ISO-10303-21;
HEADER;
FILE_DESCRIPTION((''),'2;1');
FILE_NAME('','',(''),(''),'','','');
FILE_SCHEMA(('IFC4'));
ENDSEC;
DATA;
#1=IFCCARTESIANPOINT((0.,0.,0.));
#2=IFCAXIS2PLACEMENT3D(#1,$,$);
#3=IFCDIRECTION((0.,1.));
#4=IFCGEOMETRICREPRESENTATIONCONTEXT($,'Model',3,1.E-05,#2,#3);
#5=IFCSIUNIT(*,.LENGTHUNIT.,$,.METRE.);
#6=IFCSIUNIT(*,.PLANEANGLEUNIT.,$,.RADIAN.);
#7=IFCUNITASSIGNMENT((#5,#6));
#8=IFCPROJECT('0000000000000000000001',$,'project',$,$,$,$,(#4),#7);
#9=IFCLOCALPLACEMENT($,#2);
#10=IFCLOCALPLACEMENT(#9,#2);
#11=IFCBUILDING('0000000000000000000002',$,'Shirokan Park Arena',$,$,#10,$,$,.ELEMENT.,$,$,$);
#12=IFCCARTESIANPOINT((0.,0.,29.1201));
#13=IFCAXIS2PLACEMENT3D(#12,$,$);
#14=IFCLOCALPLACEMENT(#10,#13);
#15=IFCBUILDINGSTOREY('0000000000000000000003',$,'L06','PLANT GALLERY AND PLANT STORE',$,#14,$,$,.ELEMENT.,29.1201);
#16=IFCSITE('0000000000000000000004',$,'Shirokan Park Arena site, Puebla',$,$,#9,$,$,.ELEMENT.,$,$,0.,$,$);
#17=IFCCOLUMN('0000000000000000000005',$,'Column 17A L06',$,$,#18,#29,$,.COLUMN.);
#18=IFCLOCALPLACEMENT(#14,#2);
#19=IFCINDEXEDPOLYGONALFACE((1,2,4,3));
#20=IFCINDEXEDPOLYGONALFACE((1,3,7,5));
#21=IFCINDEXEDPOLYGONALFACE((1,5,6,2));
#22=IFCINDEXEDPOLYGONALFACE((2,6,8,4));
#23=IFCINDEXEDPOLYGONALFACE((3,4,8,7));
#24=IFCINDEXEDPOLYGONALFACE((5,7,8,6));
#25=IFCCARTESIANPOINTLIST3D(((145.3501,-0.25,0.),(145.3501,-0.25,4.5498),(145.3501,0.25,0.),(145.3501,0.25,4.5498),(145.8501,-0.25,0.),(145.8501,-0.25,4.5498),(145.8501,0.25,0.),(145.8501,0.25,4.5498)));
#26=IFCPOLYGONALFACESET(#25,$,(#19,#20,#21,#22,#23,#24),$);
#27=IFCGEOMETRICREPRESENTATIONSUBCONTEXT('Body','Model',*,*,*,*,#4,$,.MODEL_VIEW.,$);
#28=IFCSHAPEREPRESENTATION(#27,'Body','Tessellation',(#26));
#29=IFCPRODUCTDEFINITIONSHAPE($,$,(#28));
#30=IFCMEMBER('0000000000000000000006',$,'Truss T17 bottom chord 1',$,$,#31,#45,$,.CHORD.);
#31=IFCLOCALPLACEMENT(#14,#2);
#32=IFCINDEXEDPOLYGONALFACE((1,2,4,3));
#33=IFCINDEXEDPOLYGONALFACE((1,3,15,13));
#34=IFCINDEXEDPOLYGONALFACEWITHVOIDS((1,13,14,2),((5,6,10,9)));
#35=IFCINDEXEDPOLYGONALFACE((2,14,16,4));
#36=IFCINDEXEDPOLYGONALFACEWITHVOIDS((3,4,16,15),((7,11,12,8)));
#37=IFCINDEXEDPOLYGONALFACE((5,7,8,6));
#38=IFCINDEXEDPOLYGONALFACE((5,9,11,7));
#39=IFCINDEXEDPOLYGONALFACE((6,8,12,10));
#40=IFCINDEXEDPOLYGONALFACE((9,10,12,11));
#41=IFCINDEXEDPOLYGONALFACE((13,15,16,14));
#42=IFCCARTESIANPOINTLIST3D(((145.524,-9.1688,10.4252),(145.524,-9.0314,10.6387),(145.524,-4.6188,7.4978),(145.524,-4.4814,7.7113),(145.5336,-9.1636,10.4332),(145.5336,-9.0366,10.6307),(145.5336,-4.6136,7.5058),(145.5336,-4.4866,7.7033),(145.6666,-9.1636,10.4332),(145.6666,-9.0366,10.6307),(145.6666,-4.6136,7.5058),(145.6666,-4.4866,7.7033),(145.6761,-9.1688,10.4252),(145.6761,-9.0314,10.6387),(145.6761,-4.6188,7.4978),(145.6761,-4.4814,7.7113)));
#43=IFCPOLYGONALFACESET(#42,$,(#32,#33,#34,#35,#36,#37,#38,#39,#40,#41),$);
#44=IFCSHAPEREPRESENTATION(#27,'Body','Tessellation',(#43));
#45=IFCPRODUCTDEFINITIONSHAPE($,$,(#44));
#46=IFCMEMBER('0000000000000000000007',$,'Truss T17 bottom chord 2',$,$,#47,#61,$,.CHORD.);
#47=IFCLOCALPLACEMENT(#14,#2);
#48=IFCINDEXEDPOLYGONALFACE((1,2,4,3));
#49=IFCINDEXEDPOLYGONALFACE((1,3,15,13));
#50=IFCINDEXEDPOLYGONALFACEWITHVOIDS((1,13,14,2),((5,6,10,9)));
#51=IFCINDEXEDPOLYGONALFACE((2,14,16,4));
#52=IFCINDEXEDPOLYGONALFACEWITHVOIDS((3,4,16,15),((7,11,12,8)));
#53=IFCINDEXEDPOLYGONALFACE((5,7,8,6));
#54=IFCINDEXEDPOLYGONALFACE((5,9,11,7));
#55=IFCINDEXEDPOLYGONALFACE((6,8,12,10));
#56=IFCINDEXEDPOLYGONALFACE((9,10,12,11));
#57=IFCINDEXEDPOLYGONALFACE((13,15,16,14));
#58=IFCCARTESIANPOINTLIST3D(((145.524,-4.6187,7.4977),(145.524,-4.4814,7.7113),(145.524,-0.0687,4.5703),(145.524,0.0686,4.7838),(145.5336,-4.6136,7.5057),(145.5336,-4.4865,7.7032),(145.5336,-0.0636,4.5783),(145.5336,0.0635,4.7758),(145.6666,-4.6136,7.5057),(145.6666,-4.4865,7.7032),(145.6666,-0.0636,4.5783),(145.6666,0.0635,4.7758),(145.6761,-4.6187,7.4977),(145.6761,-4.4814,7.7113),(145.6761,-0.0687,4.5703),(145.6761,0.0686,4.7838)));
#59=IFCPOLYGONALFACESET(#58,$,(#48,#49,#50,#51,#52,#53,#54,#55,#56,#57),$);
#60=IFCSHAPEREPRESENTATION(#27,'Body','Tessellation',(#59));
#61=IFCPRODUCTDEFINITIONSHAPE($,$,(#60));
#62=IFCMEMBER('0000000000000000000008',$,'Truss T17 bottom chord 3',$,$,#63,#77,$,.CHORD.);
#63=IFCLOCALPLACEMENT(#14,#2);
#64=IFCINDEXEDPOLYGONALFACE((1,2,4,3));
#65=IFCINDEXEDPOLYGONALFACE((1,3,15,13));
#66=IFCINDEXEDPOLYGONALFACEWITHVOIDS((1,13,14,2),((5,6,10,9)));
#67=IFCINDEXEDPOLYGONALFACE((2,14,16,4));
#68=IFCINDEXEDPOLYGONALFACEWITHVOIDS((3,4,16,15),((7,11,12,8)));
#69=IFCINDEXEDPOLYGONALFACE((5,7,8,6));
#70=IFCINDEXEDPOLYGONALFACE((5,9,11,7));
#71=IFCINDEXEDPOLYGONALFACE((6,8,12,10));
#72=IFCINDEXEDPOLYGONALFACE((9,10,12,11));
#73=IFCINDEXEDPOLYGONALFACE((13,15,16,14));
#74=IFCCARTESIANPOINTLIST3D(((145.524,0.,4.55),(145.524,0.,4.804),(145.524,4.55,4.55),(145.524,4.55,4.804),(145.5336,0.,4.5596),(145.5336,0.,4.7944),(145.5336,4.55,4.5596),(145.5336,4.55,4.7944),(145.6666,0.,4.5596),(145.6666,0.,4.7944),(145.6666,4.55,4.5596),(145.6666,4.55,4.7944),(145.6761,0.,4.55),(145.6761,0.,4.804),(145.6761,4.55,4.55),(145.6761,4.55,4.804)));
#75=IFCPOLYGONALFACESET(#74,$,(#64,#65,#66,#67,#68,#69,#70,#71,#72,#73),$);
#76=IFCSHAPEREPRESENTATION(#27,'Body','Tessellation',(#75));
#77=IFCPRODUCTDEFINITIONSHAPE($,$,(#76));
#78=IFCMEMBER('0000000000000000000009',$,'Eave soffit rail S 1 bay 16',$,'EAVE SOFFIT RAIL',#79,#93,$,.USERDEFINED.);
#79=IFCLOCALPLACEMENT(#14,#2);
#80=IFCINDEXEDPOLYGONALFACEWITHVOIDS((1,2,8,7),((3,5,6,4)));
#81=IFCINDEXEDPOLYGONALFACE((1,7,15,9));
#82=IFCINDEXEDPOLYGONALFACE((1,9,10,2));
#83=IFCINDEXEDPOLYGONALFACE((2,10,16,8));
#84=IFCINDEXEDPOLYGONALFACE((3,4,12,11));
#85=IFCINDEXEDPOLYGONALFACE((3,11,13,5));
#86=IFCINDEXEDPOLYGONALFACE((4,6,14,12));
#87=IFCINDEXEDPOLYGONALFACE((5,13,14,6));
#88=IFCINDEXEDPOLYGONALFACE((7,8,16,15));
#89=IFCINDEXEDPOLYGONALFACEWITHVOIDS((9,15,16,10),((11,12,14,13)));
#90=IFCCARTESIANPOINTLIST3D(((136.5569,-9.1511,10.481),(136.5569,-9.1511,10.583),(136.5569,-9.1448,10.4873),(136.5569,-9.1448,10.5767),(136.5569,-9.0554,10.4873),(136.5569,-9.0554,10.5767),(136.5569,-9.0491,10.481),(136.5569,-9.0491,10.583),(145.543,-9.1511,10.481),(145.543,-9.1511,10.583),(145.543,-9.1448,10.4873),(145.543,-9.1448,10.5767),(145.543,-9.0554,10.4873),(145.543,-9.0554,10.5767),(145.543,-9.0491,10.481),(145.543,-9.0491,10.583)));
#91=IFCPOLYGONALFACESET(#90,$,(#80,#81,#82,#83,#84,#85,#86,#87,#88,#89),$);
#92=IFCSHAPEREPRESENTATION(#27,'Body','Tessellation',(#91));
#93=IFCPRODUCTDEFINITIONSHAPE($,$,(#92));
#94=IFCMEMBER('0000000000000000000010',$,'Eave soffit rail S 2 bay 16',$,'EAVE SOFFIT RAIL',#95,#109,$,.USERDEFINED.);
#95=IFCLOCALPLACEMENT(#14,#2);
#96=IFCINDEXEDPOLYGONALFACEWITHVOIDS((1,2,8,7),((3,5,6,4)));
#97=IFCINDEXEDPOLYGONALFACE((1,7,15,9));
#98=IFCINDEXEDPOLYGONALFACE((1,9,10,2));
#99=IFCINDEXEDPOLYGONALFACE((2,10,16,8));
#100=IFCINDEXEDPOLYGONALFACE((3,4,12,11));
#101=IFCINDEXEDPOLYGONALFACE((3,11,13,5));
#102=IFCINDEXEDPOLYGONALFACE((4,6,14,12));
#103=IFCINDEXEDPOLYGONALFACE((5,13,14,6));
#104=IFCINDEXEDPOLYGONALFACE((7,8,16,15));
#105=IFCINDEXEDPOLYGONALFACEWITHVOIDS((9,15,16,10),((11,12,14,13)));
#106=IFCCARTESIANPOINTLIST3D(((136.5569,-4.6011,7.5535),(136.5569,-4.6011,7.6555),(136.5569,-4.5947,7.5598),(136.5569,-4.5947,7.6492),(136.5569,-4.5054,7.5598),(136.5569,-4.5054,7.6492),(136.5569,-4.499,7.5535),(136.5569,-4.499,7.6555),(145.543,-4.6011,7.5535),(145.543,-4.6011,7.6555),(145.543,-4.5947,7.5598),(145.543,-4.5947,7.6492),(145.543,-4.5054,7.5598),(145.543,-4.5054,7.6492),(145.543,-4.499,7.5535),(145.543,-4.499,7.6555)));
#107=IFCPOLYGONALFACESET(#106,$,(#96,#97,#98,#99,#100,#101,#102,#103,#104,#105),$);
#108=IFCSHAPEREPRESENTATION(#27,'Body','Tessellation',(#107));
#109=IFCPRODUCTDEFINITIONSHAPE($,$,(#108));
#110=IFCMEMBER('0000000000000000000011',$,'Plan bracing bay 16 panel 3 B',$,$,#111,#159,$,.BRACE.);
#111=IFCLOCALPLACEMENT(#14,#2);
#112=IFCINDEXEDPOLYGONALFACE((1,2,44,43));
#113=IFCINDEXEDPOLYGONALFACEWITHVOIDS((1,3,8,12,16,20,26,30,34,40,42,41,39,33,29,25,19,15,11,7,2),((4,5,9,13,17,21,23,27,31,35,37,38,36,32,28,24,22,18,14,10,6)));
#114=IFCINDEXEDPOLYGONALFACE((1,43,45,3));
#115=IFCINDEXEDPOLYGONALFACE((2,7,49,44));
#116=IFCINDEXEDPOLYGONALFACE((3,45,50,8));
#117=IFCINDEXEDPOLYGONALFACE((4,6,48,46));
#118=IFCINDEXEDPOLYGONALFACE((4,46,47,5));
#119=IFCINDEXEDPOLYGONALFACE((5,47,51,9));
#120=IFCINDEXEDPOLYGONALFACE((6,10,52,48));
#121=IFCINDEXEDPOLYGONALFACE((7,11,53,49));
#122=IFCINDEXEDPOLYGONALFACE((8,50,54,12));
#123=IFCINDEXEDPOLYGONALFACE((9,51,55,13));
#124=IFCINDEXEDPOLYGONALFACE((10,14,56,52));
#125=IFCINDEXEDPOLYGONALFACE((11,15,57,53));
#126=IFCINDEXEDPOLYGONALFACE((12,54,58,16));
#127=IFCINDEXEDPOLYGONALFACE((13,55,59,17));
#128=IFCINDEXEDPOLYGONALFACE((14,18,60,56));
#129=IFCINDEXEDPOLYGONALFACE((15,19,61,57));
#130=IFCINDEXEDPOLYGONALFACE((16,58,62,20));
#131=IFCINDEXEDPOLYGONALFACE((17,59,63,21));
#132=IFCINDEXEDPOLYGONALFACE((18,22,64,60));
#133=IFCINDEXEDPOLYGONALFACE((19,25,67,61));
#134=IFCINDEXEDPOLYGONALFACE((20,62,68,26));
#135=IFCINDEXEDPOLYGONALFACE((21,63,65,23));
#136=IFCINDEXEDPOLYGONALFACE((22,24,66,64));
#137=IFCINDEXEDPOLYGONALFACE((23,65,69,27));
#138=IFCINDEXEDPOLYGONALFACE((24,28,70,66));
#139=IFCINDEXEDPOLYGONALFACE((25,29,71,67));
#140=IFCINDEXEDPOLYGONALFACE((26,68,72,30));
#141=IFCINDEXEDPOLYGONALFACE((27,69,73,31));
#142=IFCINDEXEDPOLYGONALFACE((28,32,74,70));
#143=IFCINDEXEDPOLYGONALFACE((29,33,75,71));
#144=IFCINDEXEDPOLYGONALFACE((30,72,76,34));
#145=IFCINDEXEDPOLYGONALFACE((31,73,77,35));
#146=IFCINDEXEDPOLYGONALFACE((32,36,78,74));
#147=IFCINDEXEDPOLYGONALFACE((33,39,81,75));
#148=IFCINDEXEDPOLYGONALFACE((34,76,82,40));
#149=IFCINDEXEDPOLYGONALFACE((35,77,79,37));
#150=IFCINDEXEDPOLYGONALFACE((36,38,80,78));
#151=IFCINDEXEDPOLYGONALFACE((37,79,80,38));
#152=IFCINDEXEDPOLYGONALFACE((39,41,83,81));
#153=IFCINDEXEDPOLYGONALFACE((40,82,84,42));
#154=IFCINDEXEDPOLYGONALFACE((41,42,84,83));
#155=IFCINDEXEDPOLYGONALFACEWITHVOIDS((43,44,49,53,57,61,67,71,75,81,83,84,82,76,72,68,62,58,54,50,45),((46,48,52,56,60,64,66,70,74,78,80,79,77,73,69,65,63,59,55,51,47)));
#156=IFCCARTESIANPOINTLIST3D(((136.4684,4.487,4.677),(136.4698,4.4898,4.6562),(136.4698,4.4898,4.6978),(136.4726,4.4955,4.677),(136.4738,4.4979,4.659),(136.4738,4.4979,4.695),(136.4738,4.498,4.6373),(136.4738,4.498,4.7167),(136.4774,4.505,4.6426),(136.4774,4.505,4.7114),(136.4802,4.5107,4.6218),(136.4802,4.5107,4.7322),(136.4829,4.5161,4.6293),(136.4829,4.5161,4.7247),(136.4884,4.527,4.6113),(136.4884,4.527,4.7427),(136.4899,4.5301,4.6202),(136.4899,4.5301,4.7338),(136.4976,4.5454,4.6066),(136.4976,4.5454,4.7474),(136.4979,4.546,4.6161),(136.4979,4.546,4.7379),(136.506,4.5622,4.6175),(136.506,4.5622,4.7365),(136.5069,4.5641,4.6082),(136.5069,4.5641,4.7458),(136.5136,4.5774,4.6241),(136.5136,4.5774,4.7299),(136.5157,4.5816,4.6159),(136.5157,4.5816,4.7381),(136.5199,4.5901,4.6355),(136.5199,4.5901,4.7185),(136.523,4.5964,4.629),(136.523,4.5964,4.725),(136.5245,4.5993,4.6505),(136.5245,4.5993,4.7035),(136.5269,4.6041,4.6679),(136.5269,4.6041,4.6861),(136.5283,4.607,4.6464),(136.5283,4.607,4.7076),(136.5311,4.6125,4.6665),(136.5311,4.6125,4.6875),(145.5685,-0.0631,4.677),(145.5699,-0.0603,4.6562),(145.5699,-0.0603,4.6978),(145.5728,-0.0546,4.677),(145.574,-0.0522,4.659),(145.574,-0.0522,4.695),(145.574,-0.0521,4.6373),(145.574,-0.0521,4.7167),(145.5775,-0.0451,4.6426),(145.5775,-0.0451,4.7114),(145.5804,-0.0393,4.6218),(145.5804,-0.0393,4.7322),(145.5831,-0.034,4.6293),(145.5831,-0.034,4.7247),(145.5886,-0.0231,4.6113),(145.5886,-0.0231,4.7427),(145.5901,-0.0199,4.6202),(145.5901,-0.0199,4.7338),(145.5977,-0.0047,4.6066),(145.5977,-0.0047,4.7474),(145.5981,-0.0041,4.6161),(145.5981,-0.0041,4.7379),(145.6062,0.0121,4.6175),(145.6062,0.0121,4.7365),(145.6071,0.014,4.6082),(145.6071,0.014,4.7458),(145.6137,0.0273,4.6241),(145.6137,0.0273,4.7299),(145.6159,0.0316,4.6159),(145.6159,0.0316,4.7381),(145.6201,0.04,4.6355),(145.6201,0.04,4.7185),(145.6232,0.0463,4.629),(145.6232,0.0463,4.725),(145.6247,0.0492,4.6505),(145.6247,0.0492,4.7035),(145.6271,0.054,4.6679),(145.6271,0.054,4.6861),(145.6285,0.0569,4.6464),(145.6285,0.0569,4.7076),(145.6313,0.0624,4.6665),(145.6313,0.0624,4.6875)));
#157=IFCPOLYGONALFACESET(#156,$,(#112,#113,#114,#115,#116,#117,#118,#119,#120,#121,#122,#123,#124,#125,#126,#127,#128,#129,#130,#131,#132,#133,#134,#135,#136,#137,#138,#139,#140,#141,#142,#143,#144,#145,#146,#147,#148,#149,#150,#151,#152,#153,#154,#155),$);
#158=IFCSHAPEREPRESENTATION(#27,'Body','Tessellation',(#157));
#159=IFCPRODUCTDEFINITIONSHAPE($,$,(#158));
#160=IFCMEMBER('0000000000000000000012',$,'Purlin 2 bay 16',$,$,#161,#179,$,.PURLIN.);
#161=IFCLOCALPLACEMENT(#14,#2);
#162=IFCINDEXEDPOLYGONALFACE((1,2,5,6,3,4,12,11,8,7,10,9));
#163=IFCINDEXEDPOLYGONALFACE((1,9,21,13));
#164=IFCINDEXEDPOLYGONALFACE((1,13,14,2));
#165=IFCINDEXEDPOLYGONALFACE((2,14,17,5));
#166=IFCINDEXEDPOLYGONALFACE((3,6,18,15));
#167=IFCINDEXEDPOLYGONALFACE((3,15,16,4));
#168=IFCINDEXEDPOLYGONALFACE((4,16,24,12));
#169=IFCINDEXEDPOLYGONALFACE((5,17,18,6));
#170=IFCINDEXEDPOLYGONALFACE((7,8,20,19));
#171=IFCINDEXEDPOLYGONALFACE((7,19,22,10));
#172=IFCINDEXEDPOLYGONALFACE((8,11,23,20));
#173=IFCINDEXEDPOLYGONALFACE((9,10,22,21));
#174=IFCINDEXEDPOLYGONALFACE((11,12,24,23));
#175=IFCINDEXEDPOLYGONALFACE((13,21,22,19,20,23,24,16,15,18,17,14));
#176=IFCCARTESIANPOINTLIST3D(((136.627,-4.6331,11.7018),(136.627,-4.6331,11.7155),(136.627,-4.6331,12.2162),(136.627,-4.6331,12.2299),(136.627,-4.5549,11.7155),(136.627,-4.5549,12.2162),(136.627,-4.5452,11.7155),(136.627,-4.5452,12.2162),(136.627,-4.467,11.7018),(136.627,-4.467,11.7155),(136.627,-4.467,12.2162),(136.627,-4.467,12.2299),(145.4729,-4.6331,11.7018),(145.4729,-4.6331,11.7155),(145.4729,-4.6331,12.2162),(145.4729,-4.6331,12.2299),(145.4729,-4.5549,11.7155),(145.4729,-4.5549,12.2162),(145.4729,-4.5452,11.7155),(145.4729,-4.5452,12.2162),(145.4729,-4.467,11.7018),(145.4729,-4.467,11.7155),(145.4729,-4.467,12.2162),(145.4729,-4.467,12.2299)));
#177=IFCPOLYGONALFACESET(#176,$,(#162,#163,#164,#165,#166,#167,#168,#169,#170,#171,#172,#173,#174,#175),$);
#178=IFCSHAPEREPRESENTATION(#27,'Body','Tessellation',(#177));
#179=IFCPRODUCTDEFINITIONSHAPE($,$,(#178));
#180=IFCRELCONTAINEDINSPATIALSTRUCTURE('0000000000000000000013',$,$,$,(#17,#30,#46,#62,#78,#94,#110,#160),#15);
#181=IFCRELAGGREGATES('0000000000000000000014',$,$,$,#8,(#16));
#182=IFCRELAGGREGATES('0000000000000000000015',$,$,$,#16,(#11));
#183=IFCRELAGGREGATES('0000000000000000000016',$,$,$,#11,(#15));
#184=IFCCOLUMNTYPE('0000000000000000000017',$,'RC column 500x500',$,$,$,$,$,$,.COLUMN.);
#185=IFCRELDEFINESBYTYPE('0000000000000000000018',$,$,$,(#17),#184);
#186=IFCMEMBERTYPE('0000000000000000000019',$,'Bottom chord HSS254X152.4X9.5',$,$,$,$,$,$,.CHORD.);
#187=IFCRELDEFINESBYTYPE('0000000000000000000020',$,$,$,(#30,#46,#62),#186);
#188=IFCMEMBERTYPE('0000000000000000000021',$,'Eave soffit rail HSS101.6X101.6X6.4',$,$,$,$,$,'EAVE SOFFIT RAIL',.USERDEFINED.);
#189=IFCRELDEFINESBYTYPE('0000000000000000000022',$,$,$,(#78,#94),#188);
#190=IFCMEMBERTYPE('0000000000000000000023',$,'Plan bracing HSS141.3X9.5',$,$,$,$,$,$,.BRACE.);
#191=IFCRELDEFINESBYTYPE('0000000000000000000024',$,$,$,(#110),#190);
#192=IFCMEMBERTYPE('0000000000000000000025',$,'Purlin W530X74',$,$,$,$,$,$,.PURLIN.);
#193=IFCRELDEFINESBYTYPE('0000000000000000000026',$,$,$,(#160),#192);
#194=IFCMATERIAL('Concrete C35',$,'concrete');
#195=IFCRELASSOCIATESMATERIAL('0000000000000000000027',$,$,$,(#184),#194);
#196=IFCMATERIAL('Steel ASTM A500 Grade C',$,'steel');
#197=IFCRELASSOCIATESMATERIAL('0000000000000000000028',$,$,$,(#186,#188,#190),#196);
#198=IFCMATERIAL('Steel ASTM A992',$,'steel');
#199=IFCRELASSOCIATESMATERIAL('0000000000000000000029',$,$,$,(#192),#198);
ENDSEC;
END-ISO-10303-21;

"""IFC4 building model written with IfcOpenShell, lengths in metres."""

from ifc_helpers import new_model, si_unit, direction, frame, origin, origin_2d, place, context, subcontext, project, spatial, rectangle, hollow_rectangle, hollow_circle, i_section, extrude, material, material_profile, profile_set, type_object, element, save


model = new_model("IFC4")

# Units and contexts
model_context = context("Model", 3, precision=1e-05, world=origin(), true_north=direction((0.0, 1.0)))
body_context = subcontext(model_context, "Body", "Model", "MODEL_VIEW")
ifc_project = project(units=[si_unit("LENGTHUNIT", "METRE"), si_unit("PLANEANGLEUNIT", "RADIAN")], contexts=[model_context])

# Site, building, storey
site_placement = place(None, origin())
site = spatial("IfcSite", under=ifc_project, at=site_placement, Name="Shirokan Park Arena site, Puebla", CompositionType="ELEMENT", RefElevation=0.0)
building_placement = place(site_placement, origin())
building = spatial("IfcBuilding", under=site, at=building_placement, Name="Shirokan Park Arena", CompositionType="ELEMENT")
storey_placement = place(building_placement, frame((0.0, 0.0, 29.1201)))
storey = spatial("IfcBuildingStorey", under=building, at=storey_placement, Name="L06", Description="PLANT GALLERY AND PLANT STORE", CompositionType="ELEMENT", Elevation=29.1201)

# Column
ifc_material_1 = material(Name="Concrete C35", Category="concrete")
ifc_material_profile_1 = material_profile(ifc_material_1, rectangle(XDim=0.5, YDim=0.5, at=origin_2d()), Name="500x500")
ifc_profile_set_1 = profile_set([ifc_material_profile_1], Name="Concrete C35")
column_type = type_object("IfcColumnType", Name="RC column 500x500", PredefinedType="COLUMN", material=ifc_profile_set_1)
column_placement = place(storey_placement, frame((145.6001, 0.0, 0.0), z_axis=(0.0, 0.0, 1.0), x_axis=(1.0, 0.0, 0.0)))
element("IfcColumn", 1, at=column_placement, inside=storey, type_object=column_type, Name="Column 17A L06", PredefinedType="COLUMN", context=body_context, shape_type="SweptSolid", body=[
    extrude(rectangle(XDim=0.5, YDim=0.5, at=origin_2d()), origin(), (0.0, 0.0, 1.0), 4.5498),
])

# Members
ifc_material_2 = material(Name="Steel ASTM A500 Grade C", Category="steel")
ifc_material_profile_2 = material_profile(ifc_material_2, hollow_rectangle(XDim=0.1521, YDim=0.2539, WallThickness=0.0095, at=origin_2d()), Name="HSS254X152.4X9.5")
ifc_profile_set_2 = profile_set([ifc_material_profile_2], Name="Steel ASTM A500 Grade C")
member_type_1 = type_object("IfcMemberType", Name="Bottom chord HSS254X152.4X9.5", PredefinedType="CHORD", material=ifc_profile_set_2)
for number, where, z_axis, x_axis, name in (
    (2, (145.6001, -9.1001, 10.532), (0.0, 0.840972, -0.541079), (-1.0, 0.0, 0.0), "Truss T17 bottom chord 1"),
    (3, (145.6001, -4.55, 7.6045), (0.0, 0.840972, -0.541079), (-1.0, 0.0, 0.0), "Truss T17 bottom chord 2"),
):
    element("IfcMember", number, at=place(storey_placement, frame(where, z_axis=z_axis, x_axis=x_axis)), inside=storey, type_object=member_type_1, Name=name, PredefinedType="CHORD", context=body_context, shape_type="SweptSolid", body=[
        extrude(hollow_rectangle(XDim=0.1521, YDim=0.2539, WallThickness=0.0095, at=origin_2d()), origin(), (0.0, 0.0, 1.0), 5.4104),
    ])
member_1_placement = place(storey_placement, frame((145.6001, 0.0, 4.677), z_axis=(0.0, 1.0, 0.0), x_axis=(-1.0, 0.0, 0.0)))
element("IfcMember", 4, at=member_1_placement, inside=storey, type_object=member_type_1, Name="Truss T17 bottom chord 3", PredefinedType="CHORD", context=body_context, shape_type="SweptSolid", body=[
    extrude(hollow_rectangle(XDim=0.1521, YDim=0.2539, WallThickness=0.0095, at=origin_2d()), origin(), (0.0, 0.0, 1.0), 4.55),
])
ifc_material_profile_3 = material_profile(ifc_material_2, hollow_rectangle(XDim=0.1021, YDim=0.1021, WallThickness=0.0063, at=origin_2d()), Name="HSS101.6X101.6X6.4")
ifc_profile_set_3 = profile_set([ifc_material_profile_3], Name="Steel ASTM A500 Grade C")
member_type_2 = type_object("IfcMemberType", Name="Eave soffit rail HSS101.6X101.6X6.4", ElementType="EAVE SOFFIT RAIL", PredefinedType="USERDEFINED", material=ifc_profile_set_3)
for number, where, z_axis, x_axis, name in (
    (5, (136.5569, -9.1001, 10.532), (1.0, 0.0, 0.0), (0.0, 1.0, 0.0), "Eave soffit rail S 1 bay 16"),
    (6, (136.5569, -4.55, 7.6045), (1.0, 0.0, 0.0), (0.0, 1.0, 0.0), "Eave soffit rail S 2 bay 16"),
):
    element("IfcMember", number, at=place(storey_placement, frame(where, z_axis=z_axis, x_axis=x_axis)), inside=storey, type_object=member_type_2, Name=name, ObjectType="EAVE SOFFIT RAIL", PredefinedType="USERDEFINED", context=body_context, shape_type="SweptSolid", body=[
        extrude(hollow_rectangle(XDim=0.1021, YDim=0.1021, WallThickness=0.0063, at=origin_2d()), origin(), (0.0, 0.0, 1.0), 8.9861),
    ])
ifc_material_profile_4 = material_profile(ifc_material_2, hollow_circle(Radius=0.0706, WallThickness=0.0095, at=origin_2d()), Name="HSS141.3X9.5")
ifc_profile_set_4 = profile_set([ifc_material_profile_4], Name="Steel ASTM A500 Grade C")
member_type_3 = type_object("IfcMemberType", Name="Plan bracing HSS141.3X9.5", PredefinedType="BRACE", material=ifc_profile_set_4)
member_2_placement = place(storey_placement, frame((145.6001, 0.0, 4.677), z_axis=(-0.894427, 0.447214, 0.0), x_axis=(-0.447214, -0.894427, 0.0)))
element("IfcMember", 7, at=member_2_placement, inside=storey, type_object=member_type_3, Name="Plan bracing bay 16 panel 3 B", PredefinedType="BRACE", context=body_context, shape_type="SweptSolid", body=[
    extrude(hollow_circle(Radius=0.0706, WallThickness=0.0095, at=origin_2d()), origin(), (0.0, 0.0, 1.0), 10.1743),
])
ifc_material_3 = material(Name="Steel ASTM A992", Category="steel")
ifc_material_profile_5 = material_profile(ifc_material_3, i_section(OverallWidth=0.166, OverallDepth=0.5281, WebThickness=0.0098, FlangeThickness=0.0137, at=origin_2d()), Name="W530X74")
ifc_profile_set_5 = profile_set([ifc_material_profile_5], Name="Steel ASTM A992")
member_type_4 = type_object("IfcMemberType", Name="Purlin W530X74", PredefinedType="PURLIN", material=ifc_profile_set_5)
for number, where, z_axis, x_axis, name in (
    (8, (136.627, -4.55, 11.9658), (1.0, 0.0, 0.0), (0.0, 1.0, 0.0), "Purlin 2 bay 16"),
):
    element("IfcMember", number, at=place(storey_placement, frame(where, z_axis=z_axis, x_axis=x_axis)), inside=storey, type_object=member_type_4, Name=name, PredefinedType="PURLIN", context=body_context, shape_type="SweptSolid", body=[
        extrude(i_section(OverallWidth=0.166, OverallDepth=0.5281, WebThickness=0.0098, FlangeThickness=0.0137, at=origin_2d()), origin(), (0.0, 0.0, 1.0), 8.8459),
    ])

save(model, "model.ifc")
